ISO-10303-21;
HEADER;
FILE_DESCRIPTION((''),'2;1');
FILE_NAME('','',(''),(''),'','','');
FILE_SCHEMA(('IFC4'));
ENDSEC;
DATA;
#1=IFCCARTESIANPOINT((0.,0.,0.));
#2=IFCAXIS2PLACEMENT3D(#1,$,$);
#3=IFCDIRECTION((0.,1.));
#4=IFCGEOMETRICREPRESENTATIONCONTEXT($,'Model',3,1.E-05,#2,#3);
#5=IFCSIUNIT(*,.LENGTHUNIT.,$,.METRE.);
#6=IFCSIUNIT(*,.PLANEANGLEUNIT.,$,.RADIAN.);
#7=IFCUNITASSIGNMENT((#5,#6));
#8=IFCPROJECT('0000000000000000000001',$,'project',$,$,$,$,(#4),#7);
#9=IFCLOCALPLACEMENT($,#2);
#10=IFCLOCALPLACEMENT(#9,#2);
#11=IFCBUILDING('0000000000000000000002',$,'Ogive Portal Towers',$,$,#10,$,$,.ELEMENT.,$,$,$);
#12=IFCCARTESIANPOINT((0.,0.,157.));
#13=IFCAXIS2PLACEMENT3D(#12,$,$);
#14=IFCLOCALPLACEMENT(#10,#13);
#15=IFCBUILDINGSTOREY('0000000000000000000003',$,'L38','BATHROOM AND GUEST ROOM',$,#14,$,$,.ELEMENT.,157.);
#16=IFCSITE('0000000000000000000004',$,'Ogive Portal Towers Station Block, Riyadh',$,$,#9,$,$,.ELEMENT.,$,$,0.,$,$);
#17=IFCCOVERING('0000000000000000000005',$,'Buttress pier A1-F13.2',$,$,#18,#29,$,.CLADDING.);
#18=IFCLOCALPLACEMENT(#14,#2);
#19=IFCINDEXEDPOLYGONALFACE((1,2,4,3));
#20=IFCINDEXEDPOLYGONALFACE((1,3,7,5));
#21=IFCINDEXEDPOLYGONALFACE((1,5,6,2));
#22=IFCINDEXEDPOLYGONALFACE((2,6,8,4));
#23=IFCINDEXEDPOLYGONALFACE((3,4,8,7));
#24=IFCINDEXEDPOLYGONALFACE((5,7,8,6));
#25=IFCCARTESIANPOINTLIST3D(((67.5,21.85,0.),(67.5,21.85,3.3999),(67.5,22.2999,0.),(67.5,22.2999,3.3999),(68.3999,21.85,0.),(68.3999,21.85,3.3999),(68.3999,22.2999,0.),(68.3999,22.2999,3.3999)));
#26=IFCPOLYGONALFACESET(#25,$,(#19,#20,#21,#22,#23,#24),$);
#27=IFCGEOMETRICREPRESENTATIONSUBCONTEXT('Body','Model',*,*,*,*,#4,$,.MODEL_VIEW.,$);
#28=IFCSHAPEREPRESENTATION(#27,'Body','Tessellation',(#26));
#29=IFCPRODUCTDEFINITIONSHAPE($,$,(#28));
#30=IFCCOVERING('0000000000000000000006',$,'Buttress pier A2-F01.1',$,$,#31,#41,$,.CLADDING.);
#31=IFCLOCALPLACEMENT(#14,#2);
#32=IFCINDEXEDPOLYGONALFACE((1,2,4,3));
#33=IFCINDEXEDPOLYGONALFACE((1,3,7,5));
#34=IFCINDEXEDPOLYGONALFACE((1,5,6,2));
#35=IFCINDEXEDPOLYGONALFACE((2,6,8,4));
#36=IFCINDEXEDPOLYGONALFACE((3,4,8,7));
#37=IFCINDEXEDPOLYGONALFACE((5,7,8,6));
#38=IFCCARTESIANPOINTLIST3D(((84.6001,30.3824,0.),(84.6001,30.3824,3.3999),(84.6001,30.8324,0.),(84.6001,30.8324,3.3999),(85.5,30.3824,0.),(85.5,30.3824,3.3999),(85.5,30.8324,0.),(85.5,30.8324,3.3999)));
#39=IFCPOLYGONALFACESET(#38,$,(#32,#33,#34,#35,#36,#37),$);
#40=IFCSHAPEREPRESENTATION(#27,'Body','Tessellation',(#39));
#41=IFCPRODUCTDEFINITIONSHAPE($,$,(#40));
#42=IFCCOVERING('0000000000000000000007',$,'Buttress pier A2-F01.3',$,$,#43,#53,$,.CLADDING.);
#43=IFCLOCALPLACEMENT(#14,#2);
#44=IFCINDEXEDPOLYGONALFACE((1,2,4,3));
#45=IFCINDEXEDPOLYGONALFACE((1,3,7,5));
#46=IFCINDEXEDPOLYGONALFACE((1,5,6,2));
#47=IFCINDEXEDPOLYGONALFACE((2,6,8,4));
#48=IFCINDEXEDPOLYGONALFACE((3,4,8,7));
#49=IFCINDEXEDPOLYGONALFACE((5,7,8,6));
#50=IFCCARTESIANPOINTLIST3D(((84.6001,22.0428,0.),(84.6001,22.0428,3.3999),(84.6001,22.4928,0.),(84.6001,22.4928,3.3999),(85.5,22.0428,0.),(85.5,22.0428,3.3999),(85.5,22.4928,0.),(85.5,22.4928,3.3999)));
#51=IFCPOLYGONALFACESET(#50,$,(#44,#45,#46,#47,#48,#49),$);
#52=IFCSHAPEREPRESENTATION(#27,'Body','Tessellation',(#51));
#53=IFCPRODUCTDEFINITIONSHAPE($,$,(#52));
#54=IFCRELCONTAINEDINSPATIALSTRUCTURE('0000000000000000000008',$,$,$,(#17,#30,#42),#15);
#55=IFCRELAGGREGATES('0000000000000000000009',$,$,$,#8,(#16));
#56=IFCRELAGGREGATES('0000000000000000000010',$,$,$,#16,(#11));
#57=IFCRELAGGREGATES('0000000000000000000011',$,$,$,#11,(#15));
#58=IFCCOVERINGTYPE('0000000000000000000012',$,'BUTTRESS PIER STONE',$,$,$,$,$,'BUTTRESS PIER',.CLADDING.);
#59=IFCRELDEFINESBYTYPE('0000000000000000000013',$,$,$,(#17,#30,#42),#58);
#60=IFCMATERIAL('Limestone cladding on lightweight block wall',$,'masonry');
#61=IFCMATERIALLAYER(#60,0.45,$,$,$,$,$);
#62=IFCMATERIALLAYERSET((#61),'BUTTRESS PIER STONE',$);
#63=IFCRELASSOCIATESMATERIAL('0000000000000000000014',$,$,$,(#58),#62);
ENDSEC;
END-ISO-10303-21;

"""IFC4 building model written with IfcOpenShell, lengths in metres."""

from ifc_helpers import new_model, si_unit, direction, frame, origin, origin_2d, place, context, subcontext, project, spatial, rectangle, extrude, material, layer, layer_set, type_object, element, save


model = new_model("IFC4")

# Units and contexts
model_context = context("Model", 3, precision=1e-05, world=origin(), true_north=direction((0.0, 1.0)))
body_context = subcontext(model_context, "Body", "Model", "MODEL_VIEW")
ifc_project = project(units=[si_unit("LENGTHUNIT", "METRE"), si_unit("PLANEANGLEUNIT", "RADIAN")], contexts=[model_context])

# Site, building, storey
site_placement = place(None, origin())
site = spatial("IfcSite", under=ifc_project, at=site_placement, Name="Ogive Portal Towers Station Block, Riyadh", CompositionType="ELEMENT", RefElevation=0.0)
building_placement = place(site_placement, origin())
building = spatial("IfcBuilding", under=site, at=building_placement, Name="Ogive Portal Towers", CompositionType="ELEMENT")
storey_placement = place(building_placement, frame((0.0, 0.0, 157.0)))
storey = spatial("IfcBuildingStorey", under=building, at=storey_placement, Name="L38", Description="BATHROOM AND GUEST ROOM", CompositionType="ELEMENT", Elevation=157.0)

# Coverings
ifc_material_1 = material(Name="Limestone cladding on lightweight block wall", Category="masonry")
ifc_layer_1 = layer(ifc_material_1, 0.45)
ifc_layer_set_1 = layer_set([ifc_layer_1], Name="BUTTRESS PIER STONE")
covering_type = type_object("IfcCoveringType", Name="BUTTRESS PIER STONE", ElementType="BUTTRESS PIER", PredefinedType="CLADDING", material=ifc_layer_set_1)
for number, where, z_axis, x_axis, name in (
    (1, (67.95, 22.075, 0.0), (0.0, 0.0, 1.0), (1.0, 0.0, 0.0), "Buttress pier A1-F13.2"),
    (2, (85.05, 30.6074, 0.0), (0.0, 0.0, 1.0), (1.0, 0.0, 0.0), "Buttress pier A2-F01.1"),
    (3, (85.05, 22.2678, 0.0), (0.0, 0.0, 1.0), (1.0, 0.0, 0.0), "Buttress pier A2-F01.3"),
):
    element("IfcCovering", number, at=place(storey_placement, frame(where, z_axis=z_axis, x_axis=x_axis)), inside=storey, type_object=covering_type, Name=name, PredefinedType="CLADDING", context=body_context, shape_type="SweptSolid", body=[
        extrude(rectangle(XDim=0.8999, YDim=0.45, at=origin_2d()), origin(), (0.0, 0.0, 1.0), 3.3999),
    ])

save(model, "model.ifc")
